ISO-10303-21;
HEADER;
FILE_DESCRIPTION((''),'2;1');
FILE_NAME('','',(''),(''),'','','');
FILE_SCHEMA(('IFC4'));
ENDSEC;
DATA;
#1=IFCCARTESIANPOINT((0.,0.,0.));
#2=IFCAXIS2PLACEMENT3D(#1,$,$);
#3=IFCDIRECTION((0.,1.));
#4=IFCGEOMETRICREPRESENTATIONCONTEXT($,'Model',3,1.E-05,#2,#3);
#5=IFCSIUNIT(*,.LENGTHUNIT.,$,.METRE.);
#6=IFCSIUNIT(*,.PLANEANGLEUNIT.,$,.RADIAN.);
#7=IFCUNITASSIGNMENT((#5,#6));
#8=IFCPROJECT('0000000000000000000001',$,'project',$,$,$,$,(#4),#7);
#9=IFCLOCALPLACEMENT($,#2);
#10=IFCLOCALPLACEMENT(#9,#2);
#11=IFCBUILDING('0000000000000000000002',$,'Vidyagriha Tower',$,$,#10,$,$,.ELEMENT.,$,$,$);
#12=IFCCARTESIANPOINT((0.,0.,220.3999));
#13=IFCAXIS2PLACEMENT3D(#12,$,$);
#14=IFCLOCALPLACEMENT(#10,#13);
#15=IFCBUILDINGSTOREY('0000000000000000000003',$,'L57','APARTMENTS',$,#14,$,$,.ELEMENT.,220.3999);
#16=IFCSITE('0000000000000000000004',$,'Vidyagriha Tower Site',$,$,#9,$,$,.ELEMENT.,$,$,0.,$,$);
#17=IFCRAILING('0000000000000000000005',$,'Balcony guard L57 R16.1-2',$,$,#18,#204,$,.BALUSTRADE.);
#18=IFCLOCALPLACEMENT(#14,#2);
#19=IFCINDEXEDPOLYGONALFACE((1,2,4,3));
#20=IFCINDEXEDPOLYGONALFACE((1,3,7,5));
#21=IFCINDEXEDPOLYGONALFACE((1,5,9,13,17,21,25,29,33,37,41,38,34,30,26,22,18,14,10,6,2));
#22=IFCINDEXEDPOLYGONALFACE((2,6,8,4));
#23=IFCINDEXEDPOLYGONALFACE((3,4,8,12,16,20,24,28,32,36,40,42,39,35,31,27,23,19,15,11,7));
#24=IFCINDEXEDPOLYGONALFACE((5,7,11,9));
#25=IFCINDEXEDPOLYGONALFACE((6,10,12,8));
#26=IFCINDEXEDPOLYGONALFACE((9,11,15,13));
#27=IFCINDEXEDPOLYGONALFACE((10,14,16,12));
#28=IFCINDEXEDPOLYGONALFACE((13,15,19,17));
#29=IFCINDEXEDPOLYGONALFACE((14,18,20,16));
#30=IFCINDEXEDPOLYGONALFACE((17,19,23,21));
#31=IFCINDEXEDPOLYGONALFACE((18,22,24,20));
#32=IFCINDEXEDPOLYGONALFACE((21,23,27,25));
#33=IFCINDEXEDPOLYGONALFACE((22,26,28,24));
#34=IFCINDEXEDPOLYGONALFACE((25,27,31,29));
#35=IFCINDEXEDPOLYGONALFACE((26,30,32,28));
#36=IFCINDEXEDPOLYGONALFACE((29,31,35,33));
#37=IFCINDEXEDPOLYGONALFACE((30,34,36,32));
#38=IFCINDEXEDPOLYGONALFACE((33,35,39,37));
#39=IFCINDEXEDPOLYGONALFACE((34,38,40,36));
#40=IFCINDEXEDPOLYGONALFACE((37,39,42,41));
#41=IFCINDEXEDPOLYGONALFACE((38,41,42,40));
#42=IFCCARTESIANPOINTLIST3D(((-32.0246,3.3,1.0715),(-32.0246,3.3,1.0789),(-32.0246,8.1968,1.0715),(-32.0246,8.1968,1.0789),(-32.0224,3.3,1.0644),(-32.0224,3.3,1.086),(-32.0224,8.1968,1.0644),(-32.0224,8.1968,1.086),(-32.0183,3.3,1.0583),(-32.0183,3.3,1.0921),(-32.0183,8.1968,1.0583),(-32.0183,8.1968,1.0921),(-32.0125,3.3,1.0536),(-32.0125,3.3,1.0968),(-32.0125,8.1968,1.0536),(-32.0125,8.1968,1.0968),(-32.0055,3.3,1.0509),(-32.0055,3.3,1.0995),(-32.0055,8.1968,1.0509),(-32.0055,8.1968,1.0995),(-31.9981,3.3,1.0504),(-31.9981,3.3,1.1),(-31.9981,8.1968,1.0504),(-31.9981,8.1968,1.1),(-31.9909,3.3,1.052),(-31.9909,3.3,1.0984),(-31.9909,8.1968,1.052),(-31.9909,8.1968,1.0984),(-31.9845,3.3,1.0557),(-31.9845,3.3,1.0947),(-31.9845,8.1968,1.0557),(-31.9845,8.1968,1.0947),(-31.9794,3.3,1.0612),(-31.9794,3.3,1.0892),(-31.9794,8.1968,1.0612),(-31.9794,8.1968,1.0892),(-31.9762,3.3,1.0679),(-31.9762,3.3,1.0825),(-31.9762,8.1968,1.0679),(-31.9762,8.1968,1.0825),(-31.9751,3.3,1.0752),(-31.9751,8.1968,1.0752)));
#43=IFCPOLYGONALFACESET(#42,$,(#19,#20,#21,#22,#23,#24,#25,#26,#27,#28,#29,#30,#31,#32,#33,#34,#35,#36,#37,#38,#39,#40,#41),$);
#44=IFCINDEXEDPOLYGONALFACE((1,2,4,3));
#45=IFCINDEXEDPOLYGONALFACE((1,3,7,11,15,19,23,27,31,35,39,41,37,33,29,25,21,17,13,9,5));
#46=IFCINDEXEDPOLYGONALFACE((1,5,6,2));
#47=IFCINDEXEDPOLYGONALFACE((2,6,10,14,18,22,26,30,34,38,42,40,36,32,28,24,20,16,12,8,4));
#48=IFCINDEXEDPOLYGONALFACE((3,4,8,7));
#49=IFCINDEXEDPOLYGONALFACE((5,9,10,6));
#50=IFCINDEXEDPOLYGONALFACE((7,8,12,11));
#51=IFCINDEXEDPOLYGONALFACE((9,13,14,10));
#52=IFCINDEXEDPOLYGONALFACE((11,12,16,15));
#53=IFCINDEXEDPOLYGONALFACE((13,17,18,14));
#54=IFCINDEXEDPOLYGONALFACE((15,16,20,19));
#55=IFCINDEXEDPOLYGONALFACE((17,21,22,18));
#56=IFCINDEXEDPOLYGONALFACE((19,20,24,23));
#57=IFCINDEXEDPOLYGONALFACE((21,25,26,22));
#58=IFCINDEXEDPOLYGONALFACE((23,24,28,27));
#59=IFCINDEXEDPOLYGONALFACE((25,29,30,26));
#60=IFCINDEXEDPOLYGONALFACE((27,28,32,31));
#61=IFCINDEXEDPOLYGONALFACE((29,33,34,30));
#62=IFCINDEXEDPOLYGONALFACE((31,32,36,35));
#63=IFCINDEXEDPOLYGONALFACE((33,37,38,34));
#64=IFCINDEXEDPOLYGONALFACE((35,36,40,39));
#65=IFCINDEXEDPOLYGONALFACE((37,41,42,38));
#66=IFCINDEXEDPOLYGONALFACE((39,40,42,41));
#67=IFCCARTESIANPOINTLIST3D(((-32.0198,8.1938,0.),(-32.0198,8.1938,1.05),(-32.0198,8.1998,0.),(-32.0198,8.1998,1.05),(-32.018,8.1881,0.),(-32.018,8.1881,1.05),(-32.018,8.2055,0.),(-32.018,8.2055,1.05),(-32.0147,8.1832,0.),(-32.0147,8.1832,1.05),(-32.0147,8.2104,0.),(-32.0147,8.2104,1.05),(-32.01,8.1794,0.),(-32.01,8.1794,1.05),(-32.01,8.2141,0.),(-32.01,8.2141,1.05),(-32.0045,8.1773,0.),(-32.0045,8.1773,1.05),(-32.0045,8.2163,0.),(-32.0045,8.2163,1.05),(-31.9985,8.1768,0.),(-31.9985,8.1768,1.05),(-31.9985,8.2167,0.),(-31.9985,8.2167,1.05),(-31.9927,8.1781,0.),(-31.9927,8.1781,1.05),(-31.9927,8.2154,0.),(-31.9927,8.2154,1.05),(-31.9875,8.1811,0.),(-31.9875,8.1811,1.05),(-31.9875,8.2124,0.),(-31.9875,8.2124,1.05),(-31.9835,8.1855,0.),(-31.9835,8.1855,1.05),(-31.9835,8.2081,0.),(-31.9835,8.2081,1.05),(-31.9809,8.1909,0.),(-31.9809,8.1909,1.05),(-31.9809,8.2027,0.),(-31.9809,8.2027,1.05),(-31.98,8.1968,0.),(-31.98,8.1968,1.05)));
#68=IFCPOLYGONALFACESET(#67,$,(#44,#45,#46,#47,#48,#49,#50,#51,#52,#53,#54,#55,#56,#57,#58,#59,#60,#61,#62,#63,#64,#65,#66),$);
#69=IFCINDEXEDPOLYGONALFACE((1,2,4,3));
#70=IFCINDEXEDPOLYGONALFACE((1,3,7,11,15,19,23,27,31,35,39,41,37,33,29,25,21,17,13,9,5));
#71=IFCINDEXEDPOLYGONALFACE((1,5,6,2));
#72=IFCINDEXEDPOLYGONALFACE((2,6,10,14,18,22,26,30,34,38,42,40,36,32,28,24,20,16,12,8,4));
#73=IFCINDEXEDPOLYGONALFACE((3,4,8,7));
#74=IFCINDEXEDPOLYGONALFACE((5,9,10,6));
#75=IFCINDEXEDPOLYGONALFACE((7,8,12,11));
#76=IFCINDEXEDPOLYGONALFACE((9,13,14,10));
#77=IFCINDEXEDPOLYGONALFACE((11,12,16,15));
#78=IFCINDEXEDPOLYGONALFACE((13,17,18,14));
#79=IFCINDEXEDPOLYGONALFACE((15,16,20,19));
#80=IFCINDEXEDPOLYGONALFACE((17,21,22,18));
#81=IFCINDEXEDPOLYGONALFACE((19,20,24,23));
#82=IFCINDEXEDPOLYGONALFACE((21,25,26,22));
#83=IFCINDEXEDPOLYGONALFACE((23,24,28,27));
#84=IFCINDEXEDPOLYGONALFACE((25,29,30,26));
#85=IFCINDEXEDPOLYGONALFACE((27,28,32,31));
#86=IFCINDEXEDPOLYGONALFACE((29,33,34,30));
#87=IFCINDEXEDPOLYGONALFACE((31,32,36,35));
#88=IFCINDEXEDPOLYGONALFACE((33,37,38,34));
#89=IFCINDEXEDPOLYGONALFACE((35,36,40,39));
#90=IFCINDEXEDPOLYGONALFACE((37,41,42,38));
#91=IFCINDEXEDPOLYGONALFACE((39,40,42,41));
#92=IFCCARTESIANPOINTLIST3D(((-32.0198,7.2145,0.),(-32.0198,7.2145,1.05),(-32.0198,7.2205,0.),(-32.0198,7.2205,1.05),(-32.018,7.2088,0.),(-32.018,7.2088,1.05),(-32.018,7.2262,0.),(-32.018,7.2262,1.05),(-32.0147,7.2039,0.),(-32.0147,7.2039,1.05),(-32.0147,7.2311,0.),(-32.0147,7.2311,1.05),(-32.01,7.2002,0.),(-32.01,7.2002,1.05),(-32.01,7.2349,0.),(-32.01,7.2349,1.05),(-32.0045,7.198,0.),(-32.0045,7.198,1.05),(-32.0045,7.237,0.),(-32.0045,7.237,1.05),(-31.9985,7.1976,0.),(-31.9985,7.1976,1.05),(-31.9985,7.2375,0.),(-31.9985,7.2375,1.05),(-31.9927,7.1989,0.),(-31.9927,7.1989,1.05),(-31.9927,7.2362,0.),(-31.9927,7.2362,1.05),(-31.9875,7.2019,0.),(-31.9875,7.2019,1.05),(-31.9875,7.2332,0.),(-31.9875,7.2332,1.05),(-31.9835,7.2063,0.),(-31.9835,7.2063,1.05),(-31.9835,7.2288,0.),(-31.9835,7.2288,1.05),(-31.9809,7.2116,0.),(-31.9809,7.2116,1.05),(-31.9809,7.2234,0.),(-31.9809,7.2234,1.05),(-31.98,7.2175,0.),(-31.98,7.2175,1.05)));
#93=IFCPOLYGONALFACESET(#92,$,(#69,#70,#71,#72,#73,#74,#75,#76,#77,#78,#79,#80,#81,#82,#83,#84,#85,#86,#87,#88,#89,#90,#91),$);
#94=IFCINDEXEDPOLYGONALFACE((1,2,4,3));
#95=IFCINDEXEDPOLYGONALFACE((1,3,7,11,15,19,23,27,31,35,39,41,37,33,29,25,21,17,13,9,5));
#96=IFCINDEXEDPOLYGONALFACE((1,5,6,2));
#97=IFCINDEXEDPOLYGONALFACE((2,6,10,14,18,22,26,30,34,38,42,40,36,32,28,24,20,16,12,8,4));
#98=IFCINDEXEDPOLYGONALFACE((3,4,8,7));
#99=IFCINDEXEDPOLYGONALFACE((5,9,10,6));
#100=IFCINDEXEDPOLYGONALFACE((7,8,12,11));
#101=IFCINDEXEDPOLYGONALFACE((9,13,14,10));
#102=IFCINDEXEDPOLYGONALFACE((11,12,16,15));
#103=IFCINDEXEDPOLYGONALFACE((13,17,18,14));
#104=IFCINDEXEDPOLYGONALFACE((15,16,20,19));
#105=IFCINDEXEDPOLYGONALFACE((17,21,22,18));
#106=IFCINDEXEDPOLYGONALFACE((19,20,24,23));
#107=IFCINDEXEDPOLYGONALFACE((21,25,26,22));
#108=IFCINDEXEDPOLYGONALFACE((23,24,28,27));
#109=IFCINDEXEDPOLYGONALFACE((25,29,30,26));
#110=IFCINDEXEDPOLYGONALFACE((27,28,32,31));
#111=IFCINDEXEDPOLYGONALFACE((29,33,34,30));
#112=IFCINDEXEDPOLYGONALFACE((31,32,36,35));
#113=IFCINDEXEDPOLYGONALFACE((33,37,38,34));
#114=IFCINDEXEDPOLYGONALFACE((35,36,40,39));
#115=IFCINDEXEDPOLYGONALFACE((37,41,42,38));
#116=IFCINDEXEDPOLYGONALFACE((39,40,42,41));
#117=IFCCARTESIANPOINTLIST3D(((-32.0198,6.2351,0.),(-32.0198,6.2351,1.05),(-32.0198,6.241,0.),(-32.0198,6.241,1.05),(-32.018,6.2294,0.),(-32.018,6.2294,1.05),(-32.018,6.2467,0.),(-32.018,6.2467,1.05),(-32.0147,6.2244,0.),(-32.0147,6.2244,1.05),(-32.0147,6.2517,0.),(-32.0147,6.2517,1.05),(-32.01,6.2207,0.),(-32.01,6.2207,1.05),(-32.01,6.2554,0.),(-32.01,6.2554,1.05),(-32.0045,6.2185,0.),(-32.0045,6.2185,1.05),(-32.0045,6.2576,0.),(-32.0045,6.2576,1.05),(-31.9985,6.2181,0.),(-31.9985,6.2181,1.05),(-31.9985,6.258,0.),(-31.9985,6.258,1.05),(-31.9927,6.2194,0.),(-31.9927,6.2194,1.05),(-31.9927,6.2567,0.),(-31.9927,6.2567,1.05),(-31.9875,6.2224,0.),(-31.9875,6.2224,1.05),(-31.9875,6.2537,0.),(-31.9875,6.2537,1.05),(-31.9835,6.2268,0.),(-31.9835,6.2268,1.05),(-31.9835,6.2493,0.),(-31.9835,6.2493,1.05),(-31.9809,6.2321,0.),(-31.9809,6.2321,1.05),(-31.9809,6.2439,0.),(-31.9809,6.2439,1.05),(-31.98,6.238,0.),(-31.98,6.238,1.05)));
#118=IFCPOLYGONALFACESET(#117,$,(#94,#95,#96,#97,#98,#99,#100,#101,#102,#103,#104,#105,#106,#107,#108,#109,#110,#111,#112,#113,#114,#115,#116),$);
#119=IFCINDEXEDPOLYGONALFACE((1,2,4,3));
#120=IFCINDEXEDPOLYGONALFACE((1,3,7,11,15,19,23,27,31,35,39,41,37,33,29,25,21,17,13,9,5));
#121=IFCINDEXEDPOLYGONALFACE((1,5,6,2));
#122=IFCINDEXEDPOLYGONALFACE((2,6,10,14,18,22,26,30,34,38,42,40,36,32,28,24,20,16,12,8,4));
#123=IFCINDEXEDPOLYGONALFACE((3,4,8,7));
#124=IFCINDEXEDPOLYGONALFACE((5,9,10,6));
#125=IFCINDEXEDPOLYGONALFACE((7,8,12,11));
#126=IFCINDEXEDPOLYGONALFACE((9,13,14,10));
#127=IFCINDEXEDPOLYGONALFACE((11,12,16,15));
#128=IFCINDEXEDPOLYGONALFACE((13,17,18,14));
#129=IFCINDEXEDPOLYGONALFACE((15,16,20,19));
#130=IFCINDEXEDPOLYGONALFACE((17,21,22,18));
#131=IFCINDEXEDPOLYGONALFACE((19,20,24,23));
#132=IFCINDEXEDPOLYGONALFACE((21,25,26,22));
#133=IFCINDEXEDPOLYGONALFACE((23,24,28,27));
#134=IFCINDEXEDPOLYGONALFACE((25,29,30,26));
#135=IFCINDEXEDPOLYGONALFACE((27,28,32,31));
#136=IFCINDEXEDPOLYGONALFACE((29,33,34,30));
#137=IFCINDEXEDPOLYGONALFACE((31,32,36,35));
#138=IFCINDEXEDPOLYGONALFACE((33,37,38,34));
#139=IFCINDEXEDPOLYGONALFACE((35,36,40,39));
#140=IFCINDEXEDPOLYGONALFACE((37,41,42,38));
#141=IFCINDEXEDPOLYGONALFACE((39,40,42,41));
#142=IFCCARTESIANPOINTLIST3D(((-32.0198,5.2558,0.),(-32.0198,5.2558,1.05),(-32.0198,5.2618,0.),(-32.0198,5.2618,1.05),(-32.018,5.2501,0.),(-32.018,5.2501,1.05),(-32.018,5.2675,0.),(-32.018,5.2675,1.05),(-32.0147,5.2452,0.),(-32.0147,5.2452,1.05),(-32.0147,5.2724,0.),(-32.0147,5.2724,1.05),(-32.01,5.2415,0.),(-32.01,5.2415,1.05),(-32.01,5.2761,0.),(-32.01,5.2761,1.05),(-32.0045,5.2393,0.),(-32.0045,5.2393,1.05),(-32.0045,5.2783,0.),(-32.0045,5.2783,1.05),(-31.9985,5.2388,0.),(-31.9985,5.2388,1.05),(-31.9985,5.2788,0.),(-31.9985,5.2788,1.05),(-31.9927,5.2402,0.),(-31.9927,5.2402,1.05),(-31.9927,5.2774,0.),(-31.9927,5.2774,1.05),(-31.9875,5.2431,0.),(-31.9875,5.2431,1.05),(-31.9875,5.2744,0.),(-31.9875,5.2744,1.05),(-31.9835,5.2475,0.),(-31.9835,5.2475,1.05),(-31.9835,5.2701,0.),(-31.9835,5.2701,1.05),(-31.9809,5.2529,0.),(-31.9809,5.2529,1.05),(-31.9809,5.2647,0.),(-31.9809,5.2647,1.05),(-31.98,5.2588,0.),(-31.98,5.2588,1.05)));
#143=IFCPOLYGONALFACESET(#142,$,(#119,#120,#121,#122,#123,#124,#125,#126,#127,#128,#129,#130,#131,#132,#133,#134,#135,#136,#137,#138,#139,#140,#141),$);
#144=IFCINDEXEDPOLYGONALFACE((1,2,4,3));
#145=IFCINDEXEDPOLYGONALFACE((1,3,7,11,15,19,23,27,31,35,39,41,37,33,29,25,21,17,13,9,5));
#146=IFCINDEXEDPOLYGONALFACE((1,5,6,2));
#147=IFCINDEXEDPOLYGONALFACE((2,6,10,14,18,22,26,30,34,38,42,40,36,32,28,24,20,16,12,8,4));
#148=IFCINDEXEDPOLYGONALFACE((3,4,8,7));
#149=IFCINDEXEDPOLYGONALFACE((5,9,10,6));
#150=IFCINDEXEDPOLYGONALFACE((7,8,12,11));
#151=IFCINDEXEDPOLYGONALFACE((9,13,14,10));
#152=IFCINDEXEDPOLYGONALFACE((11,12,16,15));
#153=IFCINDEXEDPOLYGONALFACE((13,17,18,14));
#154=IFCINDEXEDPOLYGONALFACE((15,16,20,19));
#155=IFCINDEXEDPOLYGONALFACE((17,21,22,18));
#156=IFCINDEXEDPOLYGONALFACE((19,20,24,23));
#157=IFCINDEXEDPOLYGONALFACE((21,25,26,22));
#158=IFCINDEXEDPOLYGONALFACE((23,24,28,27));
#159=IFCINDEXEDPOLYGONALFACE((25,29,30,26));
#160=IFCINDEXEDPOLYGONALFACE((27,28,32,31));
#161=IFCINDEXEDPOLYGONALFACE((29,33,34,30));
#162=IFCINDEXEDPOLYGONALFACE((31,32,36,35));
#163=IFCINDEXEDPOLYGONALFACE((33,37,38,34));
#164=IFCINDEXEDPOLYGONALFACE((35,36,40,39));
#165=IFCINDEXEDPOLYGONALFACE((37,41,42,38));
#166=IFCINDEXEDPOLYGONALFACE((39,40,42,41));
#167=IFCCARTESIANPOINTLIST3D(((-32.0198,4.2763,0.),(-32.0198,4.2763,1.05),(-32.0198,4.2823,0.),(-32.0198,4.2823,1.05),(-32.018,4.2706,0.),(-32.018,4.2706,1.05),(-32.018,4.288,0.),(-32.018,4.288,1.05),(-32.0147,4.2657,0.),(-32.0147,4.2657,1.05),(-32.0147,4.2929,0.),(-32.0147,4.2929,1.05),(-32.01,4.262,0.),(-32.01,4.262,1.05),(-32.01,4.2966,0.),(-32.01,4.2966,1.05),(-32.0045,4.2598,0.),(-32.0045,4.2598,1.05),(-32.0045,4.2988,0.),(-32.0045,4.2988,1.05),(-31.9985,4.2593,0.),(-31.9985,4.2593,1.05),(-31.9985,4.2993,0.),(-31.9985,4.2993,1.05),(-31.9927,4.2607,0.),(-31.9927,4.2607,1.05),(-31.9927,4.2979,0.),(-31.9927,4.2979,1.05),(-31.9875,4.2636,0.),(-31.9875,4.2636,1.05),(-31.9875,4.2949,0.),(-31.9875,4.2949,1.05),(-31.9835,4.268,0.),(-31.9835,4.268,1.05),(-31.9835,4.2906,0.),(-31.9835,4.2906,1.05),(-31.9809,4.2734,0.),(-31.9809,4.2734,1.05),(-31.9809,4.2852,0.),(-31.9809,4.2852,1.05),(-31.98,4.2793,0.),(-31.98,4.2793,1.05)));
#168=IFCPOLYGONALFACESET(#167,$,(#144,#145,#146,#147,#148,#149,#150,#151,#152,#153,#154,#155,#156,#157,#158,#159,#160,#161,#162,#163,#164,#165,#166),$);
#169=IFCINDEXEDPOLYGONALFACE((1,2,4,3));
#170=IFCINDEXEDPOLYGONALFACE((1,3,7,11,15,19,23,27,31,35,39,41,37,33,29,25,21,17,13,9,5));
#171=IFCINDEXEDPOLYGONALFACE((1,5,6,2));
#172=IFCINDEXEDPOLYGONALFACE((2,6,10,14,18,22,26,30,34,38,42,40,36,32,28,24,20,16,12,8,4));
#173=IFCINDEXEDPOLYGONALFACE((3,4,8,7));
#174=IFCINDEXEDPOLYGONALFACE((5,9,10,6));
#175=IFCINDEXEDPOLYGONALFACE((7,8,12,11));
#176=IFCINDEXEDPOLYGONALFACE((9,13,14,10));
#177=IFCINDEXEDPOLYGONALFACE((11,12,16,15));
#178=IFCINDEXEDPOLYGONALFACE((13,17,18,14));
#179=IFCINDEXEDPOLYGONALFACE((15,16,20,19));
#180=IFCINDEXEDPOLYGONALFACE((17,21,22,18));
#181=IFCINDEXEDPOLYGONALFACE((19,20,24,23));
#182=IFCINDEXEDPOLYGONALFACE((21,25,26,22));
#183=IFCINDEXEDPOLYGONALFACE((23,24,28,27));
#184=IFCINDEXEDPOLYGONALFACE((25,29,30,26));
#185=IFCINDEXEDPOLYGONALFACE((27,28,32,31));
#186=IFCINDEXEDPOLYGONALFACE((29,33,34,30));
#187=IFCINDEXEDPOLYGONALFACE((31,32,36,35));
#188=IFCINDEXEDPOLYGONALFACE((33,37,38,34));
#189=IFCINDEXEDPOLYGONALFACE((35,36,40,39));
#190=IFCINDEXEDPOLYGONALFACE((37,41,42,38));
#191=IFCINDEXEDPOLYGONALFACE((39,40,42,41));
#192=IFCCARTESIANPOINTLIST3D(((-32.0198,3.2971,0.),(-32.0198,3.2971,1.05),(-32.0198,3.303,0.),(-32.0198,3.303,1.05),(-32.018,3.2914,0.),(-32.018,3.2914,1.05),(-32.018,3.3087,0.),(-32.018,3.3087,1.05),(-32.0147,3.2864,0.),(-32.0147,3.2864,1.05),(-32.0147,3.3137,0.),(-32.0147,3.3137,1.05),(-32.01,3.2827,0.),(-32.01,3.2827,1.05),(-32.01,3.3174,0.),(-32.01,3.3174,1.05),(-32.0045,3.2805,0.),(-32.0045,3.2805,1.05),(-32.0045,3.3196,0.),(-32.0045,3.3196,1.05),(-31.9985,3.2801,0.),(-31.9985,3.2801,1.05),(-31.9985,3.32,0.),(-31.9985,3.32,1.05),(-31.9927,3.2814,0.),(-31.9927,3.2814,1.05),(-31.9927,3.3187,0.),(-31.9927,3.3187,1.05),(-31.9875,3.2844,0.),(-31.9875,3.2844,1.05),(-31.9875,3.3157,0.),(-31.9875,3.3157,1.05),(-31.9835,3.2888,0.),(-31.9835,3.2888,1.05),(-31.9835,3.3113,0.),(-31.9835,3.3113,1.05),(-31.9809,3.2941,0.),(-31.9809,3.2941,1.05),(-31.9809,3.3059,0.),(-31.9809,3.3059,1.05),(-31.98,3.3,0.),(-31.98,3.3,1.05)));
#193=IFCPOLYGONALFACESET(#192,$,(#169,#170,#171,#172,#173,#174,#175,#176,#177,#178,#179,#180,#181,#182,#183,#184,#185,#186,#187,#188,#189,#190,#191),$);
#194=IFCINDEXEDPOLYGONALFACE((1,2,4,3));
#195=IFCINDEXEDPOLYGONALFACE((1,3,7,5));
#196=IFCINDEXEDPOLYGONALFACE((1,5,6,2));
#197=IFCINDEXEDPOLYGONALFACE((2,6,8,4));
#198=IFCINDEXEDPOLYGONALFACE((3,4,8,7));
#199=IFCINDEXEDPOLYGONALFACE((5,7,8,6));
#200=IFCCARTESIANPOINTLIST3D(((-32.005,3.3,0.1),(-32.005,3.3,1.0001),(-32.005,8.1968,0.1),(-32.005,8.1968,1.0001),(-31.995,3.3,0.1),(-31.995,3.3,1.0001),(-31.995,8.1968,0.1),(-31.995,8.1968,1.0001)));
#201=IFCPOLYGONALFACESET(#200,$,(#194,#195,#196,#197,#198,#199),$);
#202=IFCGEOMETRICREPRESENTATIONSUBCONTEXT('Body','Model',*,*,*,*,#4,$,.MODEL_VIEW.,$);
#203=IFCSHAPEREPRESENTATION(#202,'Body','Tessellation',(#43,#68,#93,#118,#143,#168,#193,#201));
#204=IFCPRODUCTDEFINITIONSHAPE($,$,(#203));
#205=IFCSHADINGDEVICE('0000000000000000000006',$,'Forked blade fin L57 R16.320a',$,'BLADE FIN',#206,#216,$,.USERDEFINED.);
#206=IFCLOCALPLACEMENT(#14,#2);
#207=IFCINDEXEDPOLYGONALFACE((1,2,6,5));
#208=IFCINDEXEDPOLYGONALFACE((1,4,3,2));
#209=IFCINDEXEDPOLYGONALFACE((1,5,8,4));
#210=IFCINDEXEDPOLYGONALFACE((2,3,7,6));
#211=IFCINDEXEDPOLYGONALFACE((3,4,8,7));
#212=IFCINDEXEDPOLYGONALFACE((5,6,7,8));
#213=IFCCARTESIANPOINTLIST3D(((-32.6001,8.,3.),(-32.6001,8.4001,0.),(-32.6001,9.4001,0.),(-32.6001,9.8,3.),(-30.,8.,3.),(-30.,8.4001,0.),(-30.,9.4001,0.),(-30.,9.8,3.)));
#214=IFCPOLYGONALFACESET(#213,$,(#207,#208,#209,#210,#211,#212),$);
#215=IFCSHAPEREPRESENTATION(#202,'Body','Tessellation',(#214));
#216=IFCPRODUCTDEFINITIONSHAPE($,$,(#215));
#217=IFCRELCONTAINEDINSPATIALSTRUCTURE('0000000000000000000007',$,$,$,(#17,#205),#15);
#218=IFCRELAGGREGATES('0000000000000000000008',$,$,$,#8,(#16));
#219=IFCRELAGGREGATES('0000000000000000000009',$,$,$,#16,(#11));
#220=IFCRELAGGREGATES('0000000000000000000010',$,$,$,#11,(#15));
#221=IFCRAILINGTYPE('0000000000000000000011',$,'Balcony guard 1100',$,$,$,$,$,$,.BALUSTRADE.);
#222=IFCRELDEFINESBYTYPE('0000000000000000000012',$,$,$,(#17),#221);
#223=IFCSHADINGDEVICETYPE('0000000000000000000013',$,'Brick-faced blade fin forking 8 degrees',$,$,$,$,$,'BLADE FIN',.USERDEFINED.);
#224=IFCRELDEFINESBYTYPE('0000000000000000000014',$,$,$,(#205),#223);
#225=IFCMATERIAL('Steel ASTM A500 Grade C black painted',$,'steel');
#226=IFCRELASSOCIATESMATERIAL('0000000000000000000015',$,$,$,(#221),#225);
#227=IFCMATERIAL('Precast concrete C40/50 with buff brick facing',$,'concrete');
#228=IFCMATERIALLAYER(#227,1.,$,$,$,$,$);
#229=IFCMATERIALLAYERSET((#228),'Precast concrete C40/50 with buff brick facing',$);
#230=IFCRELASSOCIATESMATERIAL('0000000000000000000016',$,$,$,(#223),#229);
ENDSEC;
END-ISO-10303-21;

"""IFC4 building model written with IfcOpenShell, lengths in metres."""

from ifc_helpers import new_model, si_unit, direction, frame, origin, origin_2d, place, context, subcontext, project, spatial, polyline, rectangle, circle, outline, extrude, material, layer, layer_set, type_object, element, save


model = new_model("IFC4")

# Units and contexts
model_context = context("Model", 3, precision=1e-05, world=origin(), true_north=direction((0.0, 1.0)))
body_context = subcontext(model_context, "Body", "Model", "MODEL_VIEW")
ifc_project = project(units=[si_unit("LENGTHUNIT", "METRE"), si_unit("PLANEANGLEUNIT", "RADIAN")], contexts=[model_context])

# Site, building, storey
site_placement = place(None, origin())
site = spatial("IfcSite", under=ifc_project, at=site_placement, Name="Vidyagriha Tower Site", CompositionType="ELEMENT", RefElevation=0.0)
building_placement = place(site_placement, origin())
building = spatial("IfcBuilding", under=site, at=building_placement, Name="Vidyagriha Tower", CompositionType="ELEMENT")
storey_placement = place(building_placement, frame((0.0, 0.0, 220.3999)))
storey = spatial("IfcBuildingStorey", under=building, at=storey_placement, Name="L57", Description="APARTMENTS", CompositionType="ELEMENT", Elevation=220.3999)

# Railing
ifc_material_1 = material(Name="Steel ASTM A500 Grade C black painted", Category="steel")
railing_type_1 = type_object("IfcRailingType", Name="Balcony guard 1100", PredefinedType="BALUSTRADE", material=ifc_material_1)
railing_1_placement = place(storey_placement, frame((-32.0, 8.1968, 0.0)))
element("IfcRailing", 1, at=railing_1_placement, inside=storey, type_object=railing_type_1, Name="Balcony guard L57 R16.1-2", PredefinedType="BALUSTRADE", context=body_context, shape_type="SweptSolid", body=[
    extrude(circle(Radius=0.0249, at=origin_2d()), frame((0.0, 0.0, 1.0752), z_axis=(0.0, -1.0, 0.0), x_axis=(1.0, 0.0, 0.0)), (0.0, 0.0, 1.0), 4.8967),
    extrude(circle(Radius=0.02, at=origin_2d()), origin(), (0.0, 0.0, 1.0), 1.05),
    extrude(circle(Radius=0.02, at=origin_2d()), frame((0.0, -0.9792, 0.0)), (0.0, 0.0, 1.0), 1.05),
    extrude(circle(Radius=0.02, at=origin_2d()), frame((0.0, -1.9587, 0.0)), (0.0, 0.0, 1.0), 1.05),
    extrude(circle(Radius=0.02, at=origin_2d()), frame((0.0, -2.938, 0.0)), (0.0, 0.0, 1.0), 1.05),
    extrude(circle(Radius=0.02, at=origin_2d()), frame((0.0, -3.9175, 0.0)), (0.0, 0.0, 1.0), 1.05),
    extrude(circle(Radius=0.02, at=origin_2d()), frame((0.0, -4.8967, 0.0)), (0.0, 0.0, 1.0), 1.05),
    extrude(rectangle(XDim=0.01, YDim=0.9001, at=origin_2d()), frame((0.0, 0.0, 0.55), z_axis=(0.0, -1.0, 0.0), x_axis=(1.0, 0.0, 0.0)), (0.0, 0.0, 1.0), 4.8967),
])

# Shading device
ifc_material_2 = material(Name="Precast concrete C40/50 with buff brick facing", Category="concrete")
ifc_layer_1 = layer(ifc_material_2, 1.0)
ifc_layer_set_1 = layer_set([ifc_layer_1], Name="Precast concrete C40/50 with buff brick facing")
shading_device_type_1 = type_object("IfcShadingDeviceType", Name="Brick-faced blade fin forking 8 degrees", ElementType="BLADE FIN", PredefinedType="USERDEFINED", material=ifc_layer_set_1)
shading_device_1_placement = place(storey_placement, frame((-31.3, 9.8, 0.0), z_axis=(0.0, 0.0, 1.0), x_axis=(0.0, -1.0, 0.0)))
element("IfcShadingDevice", 2, at=shading_device_1_placement, inside=storey, type_object=shading_device_type_1, Name="Forked blade fin L57 R16.320a", ObjectType="BLADE FIN", PredefinedType="USERDEFINED", context=body_context, shape_type="SweptSolid", body=[
    extrude(outline(polyline([(0.3999, 0.0), (1.3999, 0.0), (1.8, 3.0), (0.0, 3.0), (0.3999, 0.0)])), frame((0.0, 1.3, 0.0), z_axis=(0.0, -1.0, 0.0), x_axis=(1.0, 0.0, 0.0)), (0.0, 0.0, 1.0), 2.6001),
])

save(model, "model.ifc")
